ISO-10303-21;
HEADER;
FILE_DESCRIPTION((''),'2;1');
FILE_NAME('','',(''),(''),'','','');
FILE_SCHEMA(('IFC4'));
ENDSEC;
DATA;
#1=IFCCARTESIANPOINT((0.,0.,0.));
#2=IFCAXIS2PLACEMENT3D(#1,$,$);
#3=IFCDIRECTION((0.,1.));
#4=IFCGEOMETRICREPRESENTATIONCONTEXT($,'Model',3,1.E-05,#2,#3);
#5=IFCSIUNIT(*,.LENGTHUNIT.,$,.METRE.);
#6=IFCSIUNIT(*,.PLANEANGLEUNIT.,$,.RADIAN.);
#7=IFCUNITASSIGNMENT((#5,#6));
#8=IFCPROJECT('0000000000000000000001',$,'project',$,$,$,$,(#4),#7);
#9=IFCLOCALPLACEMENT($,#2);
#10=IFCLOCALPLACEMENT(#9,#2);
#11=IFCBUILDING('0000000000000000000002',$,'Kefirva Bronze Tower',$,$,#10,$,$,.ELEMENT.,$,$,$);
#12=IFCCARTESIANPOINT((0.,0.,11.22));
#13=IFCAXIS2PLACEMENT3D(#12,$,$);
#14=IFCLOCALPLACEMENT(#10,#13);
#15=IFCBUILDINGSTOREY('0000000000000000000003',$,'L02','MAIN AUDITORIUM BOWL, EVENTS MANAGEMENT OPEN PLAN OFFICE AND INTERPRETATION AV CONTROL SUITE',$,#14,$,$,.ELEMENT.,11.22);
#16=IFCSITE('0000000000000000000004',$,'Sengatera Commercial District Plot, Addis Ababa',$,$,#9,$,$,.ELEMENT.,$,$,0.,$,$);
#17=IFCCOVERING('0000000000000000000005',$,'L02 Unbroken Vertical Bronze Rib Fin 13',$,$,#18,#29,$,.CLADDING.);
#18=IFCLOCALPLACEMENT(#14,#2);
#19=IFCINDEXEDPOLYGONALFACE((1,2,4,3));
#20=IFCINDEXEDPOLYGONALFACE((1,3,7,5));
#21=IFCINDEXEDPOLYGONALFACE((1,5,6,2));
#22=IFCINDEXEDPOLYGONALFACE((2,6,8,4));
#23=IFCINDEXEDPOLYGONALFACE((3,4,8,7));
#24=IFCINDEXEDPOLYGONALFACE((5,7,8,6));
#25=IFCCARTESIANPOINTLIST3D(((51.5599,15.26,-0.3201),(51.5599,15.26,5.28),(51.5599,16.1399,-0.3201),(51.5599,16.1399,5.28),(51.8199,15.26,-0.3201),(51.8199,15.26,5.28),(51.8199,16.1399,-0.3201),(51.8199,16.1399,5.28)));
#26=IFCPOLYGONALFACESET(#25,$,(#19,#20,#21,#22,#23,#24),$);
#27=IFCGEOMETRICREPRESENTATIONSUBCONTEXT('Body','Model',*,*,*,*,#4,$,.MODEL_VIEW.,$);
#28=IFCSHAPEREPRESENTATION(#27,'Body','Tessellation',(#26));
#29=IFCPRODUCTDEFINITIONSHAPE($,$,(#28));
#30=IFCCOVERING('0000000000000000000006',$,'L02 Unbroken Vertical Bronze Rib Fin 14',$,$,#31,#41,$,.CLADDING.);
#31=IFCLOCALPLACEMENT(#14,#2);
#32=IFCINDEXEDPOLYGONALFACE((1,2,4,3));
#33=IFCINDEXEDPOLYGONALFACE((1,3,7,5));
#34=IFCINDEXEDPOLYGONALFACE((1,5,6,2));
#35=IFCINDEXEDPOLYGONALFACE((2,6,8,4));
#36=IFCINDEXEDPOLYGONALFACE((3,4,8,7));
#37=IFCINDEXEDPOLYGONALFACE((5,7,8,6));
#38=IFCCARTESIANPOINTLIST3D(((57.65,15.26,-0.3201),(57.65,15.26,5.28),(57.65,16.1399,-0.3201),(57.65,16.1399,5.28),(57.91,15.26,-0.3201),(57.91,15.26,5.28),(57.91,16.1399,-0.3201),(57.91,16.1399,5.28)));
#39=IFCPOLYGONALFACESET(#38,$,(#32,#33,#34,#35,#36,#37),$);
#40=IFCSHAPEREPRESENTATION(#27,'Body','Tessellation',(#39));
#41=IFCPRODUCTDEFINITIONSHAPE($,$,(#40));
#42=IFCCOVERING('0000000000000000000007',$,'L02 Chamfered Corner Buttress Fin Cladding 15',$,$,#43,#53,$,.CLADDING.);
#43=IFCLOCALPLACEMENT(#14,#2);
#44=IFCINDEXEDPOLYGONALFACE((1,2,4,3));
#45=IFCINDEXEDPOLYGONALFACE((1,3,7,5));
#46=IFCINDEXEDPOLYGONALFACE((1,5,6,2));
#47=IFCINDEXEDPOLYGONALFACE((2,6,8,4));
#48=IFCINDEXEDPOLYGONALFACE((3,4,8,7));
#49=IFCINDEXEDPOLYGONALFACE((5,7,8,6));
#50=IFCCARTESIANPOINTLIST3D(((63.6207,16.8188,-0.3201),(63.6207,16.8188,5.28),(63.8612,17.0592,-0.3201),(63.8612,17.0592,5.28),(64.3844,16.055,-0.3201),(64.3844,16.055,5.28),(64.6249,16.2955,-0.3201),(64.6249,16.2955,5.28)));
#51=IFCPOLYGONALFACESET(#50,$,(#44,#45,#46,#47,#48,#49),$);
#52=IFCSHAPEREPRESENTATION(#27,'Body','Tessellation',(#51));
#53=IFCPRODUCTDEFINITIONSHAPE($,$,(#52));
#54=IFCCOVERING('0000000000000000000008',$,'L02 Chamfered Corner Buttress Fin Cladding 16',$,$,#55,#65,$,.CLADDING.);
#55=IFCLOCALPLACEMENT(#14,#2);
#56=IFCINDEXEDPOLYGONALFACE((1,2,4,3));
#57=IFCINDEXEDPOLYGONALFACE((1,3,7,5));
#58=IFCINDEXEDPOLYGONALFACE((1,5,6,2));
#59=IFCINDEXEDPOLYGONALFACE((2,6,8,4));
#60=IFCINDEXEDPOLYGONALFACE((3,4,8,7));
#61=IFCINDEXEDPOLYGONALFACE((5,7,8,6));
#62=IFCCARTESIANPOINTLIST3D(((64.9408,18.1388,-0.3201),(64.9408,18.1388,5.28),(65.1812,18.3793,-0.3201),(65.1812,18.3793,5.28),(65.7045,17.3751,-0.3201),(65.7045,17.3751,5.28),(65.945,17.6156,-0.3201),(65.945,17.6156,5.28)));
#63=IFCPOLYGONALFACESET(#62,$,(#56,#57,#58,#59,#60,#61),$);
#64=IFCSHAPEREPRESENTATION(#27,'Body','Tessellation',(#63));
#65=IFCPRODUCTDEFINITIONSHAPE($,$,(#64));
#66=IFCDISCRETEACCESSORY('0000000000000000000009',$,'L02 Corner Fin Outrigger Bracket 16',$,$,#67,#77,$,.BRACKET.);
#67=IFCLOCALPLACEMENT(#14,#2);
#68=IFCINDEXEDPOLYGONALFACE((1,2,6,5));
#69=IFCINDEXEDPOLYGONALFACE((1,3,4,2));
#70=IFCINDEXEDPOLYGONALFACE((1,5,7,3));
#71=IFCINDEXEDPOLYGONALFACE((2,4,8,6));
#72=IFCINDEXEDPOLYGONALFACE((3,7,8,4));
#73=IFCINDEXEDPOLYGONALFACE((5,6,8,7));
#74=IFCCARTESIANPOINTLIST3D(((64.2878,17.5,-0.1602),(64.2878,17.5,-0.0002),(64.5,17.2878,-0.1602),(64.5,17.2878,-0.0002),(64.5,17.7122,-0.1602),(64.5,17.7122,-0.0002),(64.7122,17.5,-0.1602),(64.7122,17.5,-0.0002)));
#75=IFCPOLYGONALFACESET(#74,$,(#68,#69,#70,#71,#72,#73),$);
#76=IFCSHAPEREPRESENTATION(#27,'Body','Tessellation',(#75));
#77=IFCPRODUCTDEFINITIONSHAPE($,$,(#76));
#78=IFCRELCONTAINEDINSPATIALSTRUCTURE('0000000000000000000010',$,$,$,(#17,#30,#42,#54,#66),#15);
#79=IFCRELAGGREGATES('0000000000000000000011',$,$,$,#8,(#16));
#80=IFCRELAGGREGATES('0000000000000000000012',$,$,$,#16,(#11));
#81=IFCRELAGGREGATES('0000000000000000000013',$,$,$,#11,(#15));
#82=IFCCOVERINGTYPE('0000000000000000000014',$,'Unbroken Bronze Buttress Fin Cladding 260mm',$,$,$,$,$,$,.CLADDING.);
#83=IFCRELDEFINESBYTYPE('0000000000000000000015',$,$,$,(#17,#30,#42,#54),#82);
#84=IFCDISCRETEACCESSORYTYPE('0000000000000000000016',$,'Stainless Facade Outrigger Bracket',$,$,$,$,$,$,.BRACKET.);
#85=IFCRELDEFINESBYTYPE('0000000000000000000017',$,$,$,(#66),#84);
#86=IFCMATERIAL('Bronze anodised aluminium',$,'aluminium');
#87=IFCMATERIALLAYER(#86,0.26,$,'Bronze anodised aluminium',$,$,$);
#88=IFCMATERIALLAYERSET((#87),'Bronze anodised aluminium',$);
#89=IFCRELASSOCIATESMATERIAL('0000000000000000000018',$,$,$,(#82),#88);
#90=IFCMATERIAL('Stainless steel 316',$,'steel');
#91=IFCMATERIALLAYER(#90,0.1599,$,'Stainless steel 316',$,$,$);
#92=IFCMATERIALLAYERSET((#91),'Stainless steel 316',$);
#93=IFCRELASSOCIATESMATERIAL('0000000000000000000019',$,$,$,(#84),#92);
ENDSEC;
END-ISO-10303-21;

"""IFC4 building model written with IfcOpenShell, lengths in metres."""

from ifc_helpers import new_model, si_unit, direction, frame, origin, origin_2d, place, context, subcontext, project, spatial, rectangle, extrude, material, layer, layer_set, type_object, element, save


model = new_model("IFC4")

# Units and contexts
model_context = context("Model", 3, precision=1e-05, world=origin(), true_north=direction((0.0, 1.0)))
body_context = subcontext(model_context, "Body", "Model", "MODEL_VIEW")
ifc_project = project(units=[si_unit("LENGTHUNIT", "METRE"), si_unit("PLANEANGLEUNIT", "RADIAN")], contexts=[model_context])

# Site, building, storey
site_placement = place(None, origin())
site = spatial("IfcSite", under=ifc_project, at=site_placement, Name="Sengatera Commercial District Plot, Addis Ababa", CompositionType="ELEMENT", RefElevation=0.0)
building_placement = place(site_placement, origin())
building = spatial("IfcBuilding", under=site, at=building_placement, Name="Kefirva Bronze Tower", CompositionType="ELEMENT")
storey_placement = place(building_placement, frame((0.0, 0.0, 11.22)))
storey = spatial("IfcBuildingStorey", under=building, at=storey_placement, Name="L02", Description="MAIN AUDITORIUM BOWL, EVENTS MANAGEMENT OPEN PLAN OFFICE AND INTERPRETATION AV CONTROL SUITE", CompositionType="ELEMENT", Elevation=11.22)

# Shared definitions
ifc_material_1 = material(Name="Bronze anodised aluminium", Category="aluminium")

# Shared definitions
ifc_material_2 = material(Name="Stainless steel 316", Category="steel")

# Coverings
ifc_layer_1 = layer(ifc_material_1, 0.26, Name="Bronze anodised aluminium")
ifc_layer_set_1 = layer_set([ifc_layer_1], Name="Bronze anodised aluminium")
covering_type_1 = type_object("IfcCoveringType", Name="Unbroken Bronze Buttress Fin Cladding 260mm", PredefinedType="CLADDING", material=ifc_layer_set_1)
for number, where, z_axis, x_axis, name in (
    (1, (51.6899, 15.7, -0.3201), (0.0, 0.0, 1.0), (1.0, 0.0, 0.0), "L02 Unbroken Vertical Bronze Rib Fin 13"),
    (2, (57.78, 15.7, -0.3201), (0.0, 0.0, 1.0), (1.0, 0.0, 0.0), "L02 Unbroken Vertical Bronze Rib Fin 14"),
):
    element("IfcCovering", number, at=place(storey_placement, frame(where, z_axis=z_axis, x_axis=x_axis)), inside=storey, type_object=covering_type_1, Name=name, PredefinedType="CLADDING", context=body_context, shape_type="SweptSolid", body=[
        extrude(rectangle(XDim=0.26, YDim=0.8799, at=origin_2d()), origin(), (0.0, 0.0, 1.0), 5.6001),
    ])
for number, where, z_axis, x_axis, name in (
    (3, (64.1228, 16.5571, -0.3201), (0.0, 0.0, 1.0), (0.707107, 0.707107, 0.0), "L02 Chamfered Corner Buttress Fin Cladding 15"),
    (4, (65.4429, 17.8772, -0.3201), (0.0, 0.0, 1.0), (0.707107, 0.707107, 0.0), "L02 Chamfered Corner Buttress Fin Cladding 16"),
):
    element("IfcCovering", number, at=place(storey_placement, frame(where, z_axis=z_axis, x_axis=x_axis)), inside=storey, type_object=covering_type_1, Name=name, PredefinedType="CLADDING", context=body_context, shape_type="SweptSolid", body=[
        extrude(rectangle(XDim=0.3401, YDim=1.0801, at=origin_2d()), origin(), (0.0, 0.0, 1.0), 5.6001),
    ])

# Discrete accessory
ifc_layer_2 = layer(ifc_material_2, 0.1599, Name="Stainless steel 316")
ifc_layer_set_2 = layer_set([ifc_layer_2], Name="Stainless steel 316")
discrete_accessory_type = type_object("IfcDiscreteAccessoryType", Name="Stainless Facade Outrigger Bracket", PredefinedType="BRACKET", material=ifc_layer_set_2)
discrete_accessory_placement = place(storey_placement, frame((64.5, 17.5, -0.1602), z_axis=(0.0, 0.0, 1.0), x_axis=(0.707107, 0.707107, 0.0)))
element("IfcDiscreteAccessory", 5, at=discrete_accessory_placement, inside=storey, type_object=discrete_accessory_type, Name="L02 Corner Fin Outrigger Bracket 16", PredefinedType="BRACKET", context=body_context, shape_type="SweptSolid", body=[
    extrude(rectangle(XDim=0.3, YDim=0.3, at=origin_2d()), origin(), (0.0, 0.0, 1.0), 0.1599),
])

save(model, "model.ifc")
